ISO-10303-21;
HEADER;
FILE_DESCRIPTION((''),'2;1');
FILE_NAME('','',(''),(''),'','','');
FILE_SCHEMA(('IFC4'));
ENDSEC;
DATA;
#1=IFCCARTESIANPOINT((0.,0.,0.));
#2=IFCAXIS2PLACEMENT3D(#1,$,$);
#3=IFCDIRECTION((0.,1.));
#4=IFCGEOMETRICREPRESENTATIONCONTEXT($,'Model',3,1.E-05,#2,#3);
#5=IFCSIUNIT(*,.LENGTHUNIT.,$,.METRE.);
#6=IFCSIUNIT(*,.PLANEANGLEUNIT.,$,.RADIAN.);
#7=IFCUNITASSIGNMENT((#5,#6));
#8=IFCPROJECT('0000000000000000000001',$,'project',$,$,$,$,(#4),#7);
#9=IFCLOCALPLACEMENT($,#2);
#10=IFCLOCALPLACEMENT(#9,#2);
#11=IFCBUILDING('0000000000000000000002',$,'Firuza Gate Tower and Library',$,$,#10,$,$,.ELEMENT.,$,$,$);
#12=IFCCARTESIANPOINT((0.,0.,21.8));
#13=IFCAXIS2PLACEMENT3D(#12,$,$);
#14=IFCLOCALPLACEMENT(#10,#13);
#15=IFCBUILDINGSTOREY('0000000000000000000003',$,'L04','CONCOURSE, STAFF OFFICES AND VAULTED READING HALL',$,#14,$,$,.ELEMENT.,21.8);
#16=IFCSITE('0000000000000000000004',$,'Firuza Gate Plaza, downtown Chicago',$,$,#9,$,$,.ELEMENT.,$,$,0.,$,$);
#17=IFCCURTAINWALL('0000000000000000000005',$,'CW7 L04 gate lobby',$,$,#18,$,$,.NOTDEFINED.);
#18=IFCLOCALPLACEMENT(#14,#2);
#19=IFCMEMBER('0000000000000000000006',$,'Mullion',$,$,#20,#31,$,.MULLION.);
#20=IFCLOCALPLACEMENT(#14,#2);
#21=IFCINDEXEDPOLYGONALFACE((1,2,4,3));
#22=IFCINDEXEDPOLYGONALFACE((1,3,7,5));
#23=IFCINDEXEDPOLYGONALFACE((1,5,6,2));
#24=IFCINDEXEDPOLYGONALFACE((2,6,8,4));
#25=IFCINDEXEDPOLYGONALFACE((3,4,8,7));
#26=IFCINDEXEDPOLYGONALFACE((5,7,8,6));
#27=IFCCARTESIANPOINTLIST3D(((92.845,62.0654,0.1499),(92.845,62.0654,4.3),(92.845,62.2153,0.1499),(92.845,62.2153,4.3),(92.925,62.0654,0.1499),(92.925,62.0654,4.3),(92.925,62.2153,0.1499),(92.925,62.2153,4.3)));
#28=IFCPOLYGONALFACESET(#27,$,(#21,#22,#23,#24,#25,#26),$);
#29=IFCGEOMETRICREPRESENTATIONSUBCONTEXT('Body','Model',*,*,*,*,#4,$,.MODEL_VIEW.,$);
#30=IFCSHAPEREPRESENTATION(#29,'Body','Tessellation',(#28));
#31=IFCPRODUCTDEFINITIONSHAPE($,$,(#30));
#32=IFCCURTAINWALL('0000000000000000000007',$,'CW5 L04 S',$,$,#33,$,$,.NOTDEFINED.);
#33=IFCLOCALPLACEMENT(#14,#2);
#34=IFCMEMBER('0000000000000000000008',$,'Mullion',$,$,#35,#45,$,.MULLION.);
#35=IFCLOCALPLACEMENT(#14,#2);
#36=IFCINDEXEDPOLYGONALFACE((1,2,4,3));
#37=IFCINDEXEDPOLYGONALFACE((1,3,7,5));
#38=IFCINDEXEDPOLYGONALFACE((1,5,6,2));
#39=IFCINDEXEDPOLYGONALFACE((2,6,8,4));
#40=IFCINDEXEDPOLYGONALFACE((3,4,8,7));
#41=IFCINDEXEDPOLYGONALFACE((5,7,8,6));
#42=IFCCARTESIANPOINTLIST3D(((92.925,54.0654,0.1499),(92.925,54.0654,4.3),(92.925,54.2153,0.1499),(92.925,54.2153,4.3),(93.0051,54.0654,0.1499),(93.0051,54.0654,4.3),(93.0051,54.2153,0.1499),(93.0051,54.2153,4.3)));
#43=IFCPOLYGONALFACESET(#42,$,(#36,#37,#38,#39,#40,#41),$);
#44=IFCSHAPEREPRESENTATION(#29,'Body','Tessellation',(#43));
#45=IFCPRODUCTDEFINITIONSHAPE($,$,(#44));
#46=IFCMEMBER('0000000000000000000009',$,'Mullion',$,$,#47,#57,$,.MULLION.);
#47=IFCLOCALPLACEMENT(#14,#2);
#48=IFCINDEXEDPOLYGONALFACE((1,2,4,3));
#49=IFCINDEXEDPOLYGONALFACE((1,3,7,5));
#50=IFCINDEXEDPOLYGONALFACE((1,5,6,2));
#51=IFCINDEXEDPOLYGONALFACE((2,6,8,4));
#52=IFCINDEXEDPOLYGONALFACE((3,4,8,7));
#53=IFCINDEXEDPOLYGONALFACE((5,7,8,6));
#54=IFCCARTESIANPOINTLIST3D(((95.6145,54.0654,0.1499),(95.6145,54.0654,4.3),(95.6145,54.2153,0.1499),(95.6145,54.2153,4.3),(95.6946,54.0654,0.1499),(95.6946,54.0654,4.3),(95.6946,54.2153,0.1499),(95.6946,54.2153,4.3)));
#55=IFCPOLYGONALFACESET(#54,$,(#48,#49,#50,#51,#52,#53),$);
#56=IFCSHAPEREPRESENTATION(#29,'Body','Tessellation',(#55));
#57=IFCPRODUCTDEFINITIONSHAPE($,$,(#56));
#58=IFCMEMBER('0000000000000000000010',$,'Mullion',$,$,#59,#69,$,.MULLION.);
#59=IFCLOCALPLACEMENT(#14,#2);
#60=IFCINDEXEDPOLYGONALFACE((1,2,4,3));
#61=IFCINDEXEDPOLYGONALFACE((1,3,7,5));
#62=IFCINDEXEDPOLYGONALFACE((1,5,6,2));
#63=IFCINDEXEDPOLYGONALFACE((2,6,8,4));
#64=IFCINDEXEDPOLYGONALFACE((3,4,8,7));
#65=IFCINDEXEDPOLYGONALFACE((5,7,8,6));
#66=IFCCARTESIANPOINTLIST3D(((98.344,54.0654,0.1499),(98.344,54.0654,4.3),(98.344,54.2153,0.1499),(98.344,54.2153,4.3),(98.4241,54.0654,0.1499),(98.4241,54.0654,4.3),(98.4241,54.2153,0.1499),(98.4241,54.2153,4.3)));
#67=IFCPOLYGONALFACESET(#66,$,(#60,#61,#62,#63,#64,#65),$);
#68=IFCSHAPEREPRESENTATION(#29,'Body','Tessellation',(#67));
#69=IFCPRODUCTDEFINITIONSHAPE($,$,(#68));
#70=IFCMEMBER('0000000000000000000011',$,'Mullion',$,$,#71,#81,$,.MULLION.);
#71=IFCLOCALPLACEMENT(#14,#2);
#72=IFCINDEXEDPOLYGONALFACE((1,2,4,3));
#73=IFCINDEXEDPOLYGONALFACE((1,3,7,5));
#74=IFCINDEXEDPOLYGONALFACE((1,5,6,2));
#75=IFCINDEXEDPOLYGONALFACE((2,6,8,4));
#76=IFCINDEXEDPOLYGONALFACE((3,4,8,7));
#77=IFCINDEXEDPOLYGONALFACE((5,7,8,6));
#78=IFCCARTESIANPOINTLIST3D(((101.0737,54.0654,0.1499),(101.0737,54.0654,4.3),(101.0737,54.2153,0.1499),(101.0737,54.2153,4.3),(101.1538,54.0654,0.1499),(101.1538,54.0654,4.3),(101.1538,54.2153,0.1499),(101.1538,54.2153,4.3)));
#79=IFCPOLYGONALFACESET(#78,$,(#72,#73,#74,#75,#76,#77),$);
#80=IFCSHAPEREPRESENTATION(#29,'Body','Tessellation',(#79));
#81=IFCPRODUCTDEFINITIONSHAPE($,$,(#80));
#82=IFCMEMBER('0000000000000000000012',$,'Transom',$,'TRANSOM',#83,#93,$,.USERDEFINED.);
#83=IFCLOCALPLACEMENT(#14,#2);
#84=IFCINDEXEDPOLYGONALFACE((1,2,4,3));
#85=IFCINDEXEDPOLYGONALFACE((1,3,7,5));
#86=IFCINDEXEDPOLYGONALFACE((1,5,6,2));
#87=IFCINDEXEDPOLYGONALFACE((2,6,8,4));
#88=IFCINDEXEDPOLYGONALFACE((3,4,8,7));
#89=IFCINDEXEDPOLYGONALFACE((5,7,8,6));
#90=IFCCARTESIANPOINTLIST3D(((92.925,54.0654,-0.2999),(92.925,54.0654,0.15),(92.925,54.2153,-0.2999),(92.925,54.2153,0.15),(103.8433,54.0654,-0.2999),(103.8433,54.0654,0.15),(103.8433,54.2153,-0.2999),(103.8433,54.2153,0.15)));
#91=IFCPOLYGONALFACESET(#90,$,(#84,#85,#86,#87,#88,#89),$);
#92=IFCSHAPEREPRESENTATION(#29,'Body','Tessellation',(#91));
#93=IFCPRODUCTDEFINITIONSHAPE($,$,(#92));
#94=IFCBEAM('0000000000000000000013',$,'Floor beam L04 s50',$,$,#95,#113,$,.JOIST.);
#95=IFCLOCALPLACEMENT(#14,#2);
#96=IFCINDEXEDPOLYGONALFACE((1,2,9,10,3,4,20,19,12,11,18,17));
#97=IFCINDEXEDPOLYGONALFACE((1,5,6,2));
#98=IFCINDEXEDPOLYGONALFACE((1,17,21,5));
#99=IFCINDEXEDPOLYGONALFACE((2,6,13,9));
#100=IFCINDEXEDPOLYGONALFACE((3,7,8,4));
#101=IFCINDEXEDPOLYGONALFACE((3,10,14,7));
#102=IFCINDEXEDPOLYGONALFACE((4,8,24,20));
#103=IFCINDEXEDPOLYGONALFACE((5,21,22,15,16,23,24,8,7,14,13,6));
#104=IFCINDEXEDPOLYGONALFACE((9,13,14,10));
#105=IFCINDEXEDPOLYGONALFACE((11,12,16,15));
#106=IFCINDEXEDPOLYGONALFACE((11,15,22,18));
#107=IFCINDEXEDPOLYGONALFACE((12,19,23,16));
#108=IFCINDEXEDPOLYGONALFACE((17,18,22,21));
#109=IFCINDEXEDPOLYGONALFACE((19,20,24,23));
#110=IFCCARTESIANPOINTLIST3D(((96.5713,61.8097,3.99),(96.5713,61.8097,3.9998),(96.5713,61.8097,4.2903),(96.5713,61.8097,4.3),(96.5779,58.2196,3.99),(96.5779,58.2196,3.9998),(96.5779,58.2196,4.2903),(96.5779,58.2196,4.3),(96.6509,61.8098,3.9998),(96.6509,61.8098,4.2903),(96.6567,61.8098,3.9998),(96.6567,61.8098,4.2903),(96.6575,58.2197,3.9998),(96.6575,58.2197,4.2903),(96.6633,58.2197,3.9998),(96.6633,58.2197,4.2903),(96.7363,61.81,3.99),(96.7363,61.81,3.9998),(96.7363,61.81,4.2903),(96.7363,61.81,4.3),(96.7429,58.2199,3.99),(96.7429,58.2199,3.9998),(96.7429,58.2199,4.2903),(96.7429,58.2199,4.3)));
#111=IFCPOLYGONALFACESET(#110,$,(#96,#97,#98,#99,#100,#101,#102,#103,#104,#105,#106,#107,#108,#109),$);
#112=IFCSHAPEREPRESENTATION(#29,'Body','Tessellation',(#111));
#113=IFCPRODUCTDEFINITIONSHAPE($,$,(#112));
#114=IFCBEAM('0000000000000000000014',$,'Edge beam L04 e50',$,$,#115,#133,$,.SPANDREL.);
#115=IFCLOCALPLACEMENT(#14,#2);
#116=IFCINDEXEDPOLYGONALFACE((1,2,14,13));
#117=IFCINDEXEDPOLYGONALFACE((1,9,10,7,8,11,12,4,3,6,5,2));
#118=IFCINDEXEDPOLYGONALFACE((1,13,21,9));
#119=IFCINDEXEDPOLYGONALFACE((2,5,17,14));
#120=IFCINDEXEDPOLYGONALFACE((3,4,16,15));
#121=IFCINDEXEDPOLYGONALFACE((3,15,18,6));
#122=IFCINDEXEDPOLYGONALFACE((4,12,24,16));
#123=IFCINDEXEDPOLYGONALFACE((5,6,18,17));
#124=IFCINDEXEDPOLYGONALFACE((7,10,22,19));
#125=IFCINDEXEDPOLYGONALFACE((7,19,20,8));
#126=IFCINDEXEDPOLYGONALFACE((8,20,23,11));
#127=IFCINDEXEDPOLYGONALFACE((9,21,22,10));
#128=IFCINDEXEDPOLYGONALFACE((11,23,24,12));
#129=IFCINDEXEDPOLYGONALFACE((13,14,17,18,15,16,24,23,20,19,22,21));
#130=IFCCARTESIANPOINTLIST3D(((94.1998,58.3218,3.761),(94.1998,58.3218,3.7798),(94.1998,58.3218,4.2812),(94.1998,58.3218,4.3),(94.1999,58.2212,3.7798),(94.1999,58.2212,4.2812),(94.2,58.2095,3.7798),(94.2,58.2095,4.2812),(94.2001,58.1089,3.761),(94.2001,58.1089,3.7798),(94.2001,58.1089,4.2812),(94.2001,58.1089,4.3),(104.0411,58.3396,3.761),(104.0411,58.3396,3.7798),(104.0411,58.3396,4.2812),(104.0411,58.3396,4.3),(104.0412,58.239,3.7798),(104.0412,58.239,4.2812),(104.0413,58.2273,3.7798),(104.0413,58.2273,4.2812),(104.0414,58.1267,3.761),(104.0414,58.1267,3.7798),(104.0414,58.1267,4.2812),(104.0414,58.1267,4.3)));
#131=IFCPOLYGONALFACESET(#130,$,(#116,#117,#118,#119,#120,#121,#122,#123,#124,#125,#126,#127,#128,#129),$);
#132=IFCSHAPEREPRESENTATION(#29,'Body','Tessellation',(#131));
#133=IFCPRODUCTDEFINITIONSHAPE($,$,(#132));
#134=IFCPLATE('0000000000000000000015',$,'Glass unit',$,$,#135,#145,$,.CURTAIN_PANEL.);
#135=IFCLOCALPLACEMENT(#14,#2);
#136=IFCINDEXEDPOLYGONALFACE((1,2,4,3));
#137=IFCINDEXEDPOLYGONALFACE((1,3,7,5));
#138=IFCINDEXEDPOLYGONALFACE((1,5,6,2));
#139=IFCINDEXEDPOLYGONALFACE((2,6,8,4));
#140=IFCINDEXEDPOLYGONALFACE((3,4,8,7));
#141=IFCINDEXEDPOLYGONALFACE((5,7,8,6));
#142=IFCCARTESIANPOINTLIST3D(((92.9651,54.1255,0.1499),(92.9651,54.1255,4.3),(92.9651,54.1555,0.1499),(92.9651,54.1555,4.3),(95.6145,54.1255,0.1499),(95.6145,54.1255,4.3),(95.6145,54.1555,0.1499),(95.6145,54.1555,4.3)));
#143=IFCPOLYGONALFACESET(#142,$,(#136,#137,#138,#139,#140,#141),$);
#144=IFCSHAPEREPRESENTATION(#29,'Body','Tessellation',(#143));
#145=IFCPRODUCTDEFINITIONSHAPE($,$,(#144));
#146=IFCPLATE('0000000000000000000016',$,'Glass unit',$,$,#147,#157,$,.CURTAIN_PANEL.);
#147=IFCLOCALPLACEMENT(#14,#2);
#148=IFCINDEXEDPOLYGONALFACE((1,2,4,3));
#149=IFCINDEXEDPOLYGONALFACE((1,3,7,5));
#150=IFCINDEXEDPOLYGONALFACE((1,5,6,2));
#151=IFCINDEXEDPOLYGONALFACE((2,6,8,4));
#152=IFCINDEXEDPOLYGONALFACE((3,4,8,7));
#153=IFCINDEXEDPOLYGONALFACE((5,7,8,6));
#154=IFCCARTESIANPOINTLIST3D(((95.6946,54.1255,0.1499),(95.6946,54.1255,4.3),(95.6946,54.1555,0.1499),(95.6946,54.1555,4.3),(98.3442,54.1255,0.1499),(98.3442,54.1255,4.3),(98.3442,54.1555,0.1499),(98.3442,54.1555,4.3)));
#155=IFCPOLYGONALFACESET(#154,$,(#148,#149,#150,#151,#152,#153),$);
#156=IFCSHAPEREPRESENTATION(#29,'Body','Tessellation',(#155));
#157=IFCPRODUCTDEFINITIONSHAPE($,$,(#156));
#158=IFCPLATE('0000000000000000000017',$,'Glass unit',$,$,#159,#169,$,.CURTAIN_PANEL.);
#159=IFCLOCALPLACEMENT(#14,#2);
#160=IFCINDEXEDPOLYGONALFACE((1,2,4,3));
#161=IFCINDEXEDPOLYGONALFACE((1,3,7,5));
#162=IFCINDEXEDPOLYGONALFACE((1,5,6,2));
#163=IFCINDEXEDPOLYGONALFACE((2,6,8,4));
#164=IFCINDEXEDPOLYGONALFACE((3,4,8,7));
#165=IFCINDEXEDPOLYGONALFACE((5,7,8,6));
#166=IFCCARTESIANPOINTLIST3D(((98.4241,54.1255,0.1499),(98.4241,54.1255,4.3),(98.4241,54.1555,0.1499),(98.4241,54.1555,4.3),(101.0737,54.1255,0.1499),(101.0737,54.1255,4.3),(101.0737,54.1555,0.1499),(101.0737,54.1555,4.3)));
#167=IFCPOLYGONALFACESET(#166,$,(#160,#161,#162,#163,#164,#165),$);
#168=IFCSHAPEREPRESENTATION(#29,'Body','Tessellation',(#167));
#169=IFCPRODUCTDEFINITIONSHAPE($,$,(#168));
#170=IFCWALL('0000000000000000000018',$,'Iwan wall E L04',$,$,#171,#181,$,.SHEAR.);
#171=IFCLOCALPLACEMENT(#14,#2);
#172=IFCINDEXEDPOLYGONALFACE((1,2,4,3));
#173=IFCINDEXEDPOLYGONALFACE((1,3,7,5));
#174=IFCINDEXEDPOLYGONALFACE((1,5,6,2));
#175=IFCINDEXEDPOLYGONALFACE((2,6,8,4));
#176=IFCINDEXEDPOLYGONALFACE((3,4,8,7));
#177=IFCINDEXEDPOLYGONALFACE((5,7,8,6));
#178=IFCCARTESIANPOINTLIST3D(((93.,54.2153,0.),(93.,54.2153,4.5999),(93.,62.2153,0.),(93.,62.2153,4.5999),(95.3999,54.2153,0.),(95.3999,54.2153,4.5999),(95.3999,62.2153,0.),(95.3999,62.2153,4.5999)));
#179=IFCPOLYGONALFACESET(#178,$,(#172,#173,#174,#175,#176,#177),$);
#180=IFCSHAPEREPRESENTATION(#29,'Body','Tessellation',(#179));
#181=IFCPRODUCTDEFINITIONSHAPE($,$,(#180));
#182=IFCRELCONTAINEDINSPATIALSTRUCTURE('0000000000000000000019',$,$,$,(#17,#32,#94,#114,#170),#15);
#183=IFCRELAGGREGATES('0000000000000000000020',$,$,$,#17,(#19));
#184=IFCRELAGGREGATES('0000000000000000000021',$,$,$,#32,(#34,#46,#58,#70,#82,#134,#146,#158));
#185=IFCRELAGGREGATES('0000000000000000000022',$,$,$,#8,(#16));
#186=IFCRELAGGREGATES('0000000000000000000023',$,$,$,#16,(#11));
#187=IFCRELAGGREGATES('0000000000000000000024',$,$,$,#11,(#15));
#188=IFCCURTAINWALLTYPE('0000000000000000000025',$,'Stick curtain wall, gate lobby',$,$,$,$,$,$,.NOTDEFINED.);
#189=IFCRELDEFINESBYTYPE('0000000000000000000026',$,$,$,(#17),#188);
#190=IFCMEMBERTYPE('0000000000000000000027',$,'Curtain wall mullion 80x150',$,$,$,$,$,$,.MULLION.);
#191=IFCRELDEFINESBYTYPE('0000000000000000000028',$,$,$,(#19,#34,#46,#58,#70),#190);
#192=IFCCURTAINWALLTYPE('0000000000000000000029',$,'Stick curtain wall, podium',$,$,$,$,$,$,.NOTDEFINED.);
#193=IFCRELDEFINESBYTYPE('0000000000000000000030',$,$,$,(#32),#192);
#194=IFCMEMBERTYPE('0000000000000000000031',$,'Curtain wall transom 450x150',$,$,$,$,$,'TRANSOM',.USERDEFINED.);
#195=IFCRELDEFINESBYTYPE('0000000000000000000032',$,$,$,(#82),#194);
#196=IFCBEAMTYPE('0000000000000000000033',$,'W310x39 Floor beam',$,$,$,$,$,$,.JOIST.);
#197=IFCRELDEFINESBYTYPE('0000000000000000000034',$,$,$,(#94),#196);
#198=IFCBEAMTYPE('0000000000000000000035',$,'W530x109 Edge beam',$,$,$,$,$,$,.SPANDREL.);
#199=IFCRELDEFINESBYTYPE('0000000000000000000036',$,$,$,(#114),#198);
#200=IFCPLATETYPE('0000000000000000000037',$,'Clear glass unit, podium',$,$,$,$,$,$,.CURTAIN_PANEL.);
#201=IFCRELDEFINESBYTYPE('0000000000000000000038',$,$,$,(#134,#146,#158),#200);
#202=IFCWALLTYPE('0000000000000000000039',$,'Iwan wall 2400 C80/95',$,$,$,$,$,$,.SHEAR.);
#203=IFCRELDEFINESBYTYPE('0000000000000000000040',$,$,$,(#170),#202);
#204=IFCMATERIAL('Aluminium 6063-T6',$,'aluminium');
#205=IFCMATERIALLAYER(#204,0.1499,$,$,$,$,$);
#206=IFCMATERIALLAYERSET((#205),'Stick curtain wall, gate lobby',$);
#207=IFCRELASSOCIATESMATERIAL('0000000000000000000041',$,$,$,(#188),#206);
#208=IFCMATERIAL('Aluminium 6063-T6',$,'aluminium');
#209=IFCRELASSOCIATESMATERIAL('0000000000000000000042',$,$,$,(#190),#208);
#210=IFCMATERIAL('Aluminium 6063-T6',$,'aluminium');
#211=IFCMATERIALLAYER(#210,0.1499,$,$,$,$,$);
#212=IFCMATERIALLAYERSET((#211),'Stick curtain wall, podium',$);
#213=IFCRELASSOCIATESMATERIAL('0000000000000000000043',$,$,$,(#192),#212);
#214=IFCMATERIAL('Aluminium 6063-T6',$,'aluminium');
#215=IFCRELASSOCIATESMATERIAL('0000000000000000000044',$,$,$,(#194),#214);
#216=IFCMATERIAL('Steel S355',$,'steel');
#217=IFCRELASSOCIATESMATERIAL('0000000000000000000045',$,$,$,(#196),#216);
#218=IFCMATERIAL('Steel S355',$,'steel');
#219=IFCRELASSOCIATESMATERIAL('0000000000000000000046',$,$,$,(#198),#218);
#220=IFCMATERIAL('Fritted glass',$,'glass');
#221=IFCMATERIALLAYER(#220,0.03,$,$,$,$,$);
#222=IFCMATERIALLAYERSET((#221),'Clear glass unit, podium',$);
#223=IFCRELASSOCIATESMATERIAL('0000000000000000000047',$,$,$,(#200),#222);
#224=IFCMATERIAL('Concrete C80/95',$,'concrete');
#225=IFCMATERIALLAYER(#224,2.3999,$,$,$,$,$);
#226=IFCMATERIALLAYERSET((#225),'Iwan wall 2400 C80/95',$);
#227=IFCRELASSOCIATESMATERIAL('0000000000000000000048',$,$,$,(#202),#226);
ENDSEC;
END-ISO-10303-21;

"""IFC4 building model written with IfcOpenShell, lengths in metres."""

from ifc_helpers import new_model, si_unit, direction, frame, frame_2d, origin, origin_2d, place, context, subcontext, project, spatial, polyline, rectangle, i_section, outline, extrude, material, layer, layer_set, material_profile, profile_set, type_object, element, aggregate, save


model = new_model("IFC4")

# Units and contexts
model_context = context("Model", 3, precision=1e-05, world=origin(), true_north=direction((0.0, 1.0)))
body_context = subcontext(model_context, "Body", "Model", "MODEL_VIEW")
ifc_project = project(units=[si_unit("LENGTHUNIT", "METRE"), si_unit("PLANEANGLEUNIT", "RADIAN")], contexts=[model_context])

# Site, building, storey
site_placement = place(None, origin())
site = spatial("IfcSite", under=ifc_project, at=site_placement, Name="Firuza Gate Plaza, downtown Chicago", CompositionType="ELEMENT", RefElevation=0.0)
building_placement = place(site_placement, origin())
building = spatial("IfcBuilding", under=site, at=building_placement, Name="Firuza Gate Tower and Library", CompositionType="ELEMENT")
storey_placement = place(building_placement, frame((0.0, 0.0, 21.8)))
storey = spatial("IfcBuildingStorey", under=building, at=storey_placement, Name="L04", Description="CONCOURSE, STAFF OFFICES AND VAULTED READING HALL", CompositionType="ELEMENT", Elevation=21.8)

# Curtain wall, member
ifc_material_1 = material(Name="Aluminium 6063-T6", Category="aluminium")
ifc_layer_1 = layer(ifc_material_1, 0.1499)
ifc_layer_set_1 = layer_set([ifc_layer_1], Name="Stick curtain wall, gate lobby")
curtain_wall_type_1 = type_object("IfcCurtainWallType", Name="Stick curtain wall, gate lobby", PredefinedType="NOTDEFINED", material=ifc_layer_set_1)
placement = place(storey_placement, origin())
curtain_wall_1 = element("IfcCurtainWall", 1, at=placement, inside=storey, type_object=curtain_wall_type_1, Name="CW7 L04 gate lobby", PredefinedType="NOTDEFINED")
ifc_material_2 = material(Name="Aluminium 6063-T6", Category="aluminium")
ifc_material_profile_1 = material_profile(ifc_material_2, rectangle(XDim=0.1499, YDim=0.0801, at=origin_2d()))
ifc_profile_set_1 = profile_set([ifc_material_profile_1], Name="Aluminium 6063-T6")
member_type_1 = type_object("IfcMemberType", Name="Curtain wall mullion 80x150", PredefinedType="MULLION", material=ifc_profile_set_1)
member_1_placement = place(storey_placement, frame((92.885, 62.1404, 0.1499), z_axis=(0.0, 0.0, 1.0), x_axis=(0.0, 1.0, 0.0)))
member_1 = element("IfcMember", 2, at=member_1_placement, type_object=member_type_1, Name="Mullion", PredefinedType="MULLION", context=body_context, shape_type="SweptSolid", body=[
    extrude(rectangle(XDim=0.1499, YDim=0.0801, at=origin_2d()), origin(), (0.0, 0.0, 1.0), 4.1501),
])
aggregate(curtain_wall_1, [member_1])

# Curtain wall, members
ifc_material_3 = material(Name="Aluminium 6063-T6", Category="aluminium")
ifc_layer_2 = layer(ifc_material_3, 0.1499)
ifc_layer_set_2 = layer_set([ifc_layer_2], Name="Stick curtain wall, podium")
curtain_wall_type_2 = type_object("IfcCurtainWallType", Name="Stick curtain wall, podium", PredefinedType="NOTDEFINED", material=ifc_layer_set_2)
curtain_wall_2 = element("IfcCurtainWall", 3, at=placement, inside=storey, type_object=curtain_wall_type_2, Name="CW5 L04 S", PredefinedType="NOTDEFINED")
member_2_placement = place(storey_placement, frame((92.9651, 54.1404, 0.1499), z_axis=(0.0, 0.0, 1.0), x_axis=(0.0, 1.0, 0.0)))
member_2 = element("IfcMember", 4, at=member_2_placement, type_object=member_type_1, Name="Mullion", PredefinedType="MULLION", context=body_context, shape_type="SweptSolid", body=[
    extrude(rectangle(XDim=0.1499, YDim=0.0801, at=origin_2d()), origin(), (0.0, 0.0, 1.0), 4.1501),
])
member_3_placement = place(storey_placement, frame((95.6545, 54.1404, 0.1499), z_axis=(0.0, 0.0, 1.0), x_axis=(0.0, 1.0, 0.0)))
member_3 = element("IfcMember", 5, at=member_3_placement, type_object=member_type_1, Name="Mullion", PredefinedType="MULLION", context=body_context, shape_type="SweptSolid", body=[
    extrude(rectangle(XDim=0.1499, YDim=0.0801, at=origin_2d()), origin(), (0.0, 0.0, 1.0), 4.1501),
])
member_4_placement = place(storey_placement, frame((98.384, 54.1404, 0.1499), z_axis=(0.0, 0.0, 1.0), x_axis=(0.0, 1.0, 0.0)))
member_4 = element("IfcMember", 6, at=member_4_placement, type_object=member_type_1, Name="Mullion", PredefinedType="MULLION", context=body_context, shape_type="SweptSolid", body=[
    extrude(rectangle(XDim=0.1499, YDim=0.0801, at=origin_2d()), origin(), (0.0, 0.0, 1.0), 4.1501),
])
member_5_placement = place(storey_placement, frame((101.1138, 54.1404, 0.1499), z_axis=(0.0, 0.0, 1.0), x_axis=(0.0, 1.0, 0.0)))
member_5 = element("IfcMember", 7, at=member_5_placement, type_object=member_type_1, Name="Mullion", PredefinedType="MULLION", context=body_context, shape_type="SweptSolid", body=[
    extrude(rectangle(XDim=0.1499, YDim=0.0801, at=origin_2d()), origin(), (0.0, 0.0, 1.0), 4.1501),
])
ifc_material_4 = material(Name="Aluminium 6063-T6", Category="aluminium")
ifc_material_profile_2 = material_profile(ifc_material_4, rectangle(XDim=0.1499, YDim=0.45, at=origin_2d()))
ifc_profile_set_2 = profile_set([ifc_material_profile_2], Name="Aluminium 6063-T6")
member_type_2 = type_object("IfcMemberType", Name="Curtain wall transom 450x150", ElementType="TRANSOM", PredefinedType="USERDEFINED", material=ifc_profile_set_2)
member_6_placement = place(storey_placement, frame((92.925, 54.1404, -0.075), z_axis=(1.0, 0.0, 0.0), x_axis=(0.0, 1.0, 0.0)))
member_6 = element("IfcMember", 8, at=member_6_placement, type_object=member_type_2, Name="Transom", ObjectType="TRANSOM", PredefinedType="USERDEFINED", context=body_context, shape_type="SweptSolid", body=[
    extrude(rectangle(XDim=0.1499, YDim=0.45, at=origin_2d()), origin(), (0.0, 0.0, 1.0), 10.9182),
])

# Beams
ifc_material_5 = material(Name="Steel S355", Category="steel")
ifc_material_profile_3 = material_profile(ifc_material_5, i_section(OverallWidth=0.165, OverallDepth=0.3101, WebThickness=0.0059, FlangeThickness=0.0098, at=origin_2d()))
ifc_profile_set_3 = profile_set([ifc_material_profile_3], Name="Steel S355")
beam_type_1 = type_object("IfcBeamType", Name="W310x39 Floor beam", PredefinedType="JOIST", material=ifc_profile_set_3)
beam_1_placement = place(storey_placement, frame((96.6604, 58.2197, 4.145), z_axis=(-0.001836, 0.999998, 0.0), x_axis=(-0.999998, -0.001836, 0.0)))
element("IfcBeam", 9, at=beam_1_placement, inside=storey, type_object=beam_type_1, Name="Floor beam L04 s50", PredefinedType="JOIST", context=body_context, shape_type="SweptSolid", body=[
    extrude(i_section(OverallWidth=0.165, OverallDepth=0.3101, WebThickness=0.0059, FlangeThickness=0.0098, at=origin_2d()), origin(), (0.0, 0.0, 1.0), 3.5901),
])
ifc_material_6 = material(Name="Steel S355", Category="steel")
ifc_material_profile_4 = material_profile(ifc_material_6, i_section(OverallWidth=0.2129, OverallDepth=0.5391, WebThickness=0.0117, FlangeThickness=0.0188, at=origin_2d()))
ifc_profile_set_4 = profile_set([ifc_material_profile_4], Name="Steel S355")
beam_type_2 = type_object("IfcBeamType", Name="W530x109 Edge beam", PredefinedType="SPANDREL", material=ifc_profile_set_4)
beam_2_placement = place(storey_placement, frame((94.2, 58.2153, 4.0305), z_axis=(0.999998, 0.001811, 0.0), x_axis=(-0.001811, 0.999998, 0.0)))
element("IfcBeam", 10, at=beam_2_placement, inside=storey, type_object=beam_type_2, Name="Edge beam L04 e50", PredefinedType="SPANDREL", context=body_context, shape_type="SweptSolid", body=[
    extrude(i_section(OverallWidth=0.2129, OverallDepth=0.5391, WebThickness=0.0117, FlangeThickness=0.0188, at=origin_2d()), origin(), (0.0, 0.0, 1.0), 9.8413),
])

# Plates
ifc_material_7 = material(Name="Fritted glass", Category="glass")
ifc_layer_3 = layer(ifc_material_7, 0.03)
ifc_layer_set_3 = layer_set([ifc_layer_3], Name="Clear glass unit, podium")
plate_type = type_object("IfcPlateType", Name="Clear glass unit, podium", PredefinedType="CURTAIN_PANEL", material=ifc_layer_set_3)
plate_1_placement = place(storey_placement, frame((92.9651, 54.1255, 0.1499), z_axis=(0.0, -1.0, 0.0), x_axis=(1.0, 0.0, 0.0)))
plate_1 = element("IfcPlate", 11, at=plate_1_placement, type_object=plate_type, Name="Glass unit", PredefinedType="CURTAIN_PANEL", context=body_context, shape_type="SweptSolid", body=[
    extrude(outline(polyline([(0.0, 0.0), (2.6494, 0.0), (2.6494, 4.1501), (0.0, 4.1501), (0.0, 0.0)])), origin(), (0.0, 0.0, -1.0), 0.03),
])
plate_2_placement = place(storey_placement, frame((95.6946, 54.1255, 0.1499), z_axis=(0.0, -1.0, 0.0), x_axis=(1.0, 0.0, 0.0)))
plate_2 = element("IfcPlate", 12, at=plate_2_placement, type_object=plate_type, Name="Glass unit", PredefinedType="CURTAIN_PANEL", context=body_context, shape_type="SweptSolid", body=[
    extrude(outline(polyline([(0.0, 0.0), (2.6497, 0.0), (2.6497, 4.1501), (0.0, 4.1501), (0.0, 0.0)])), origin(), (0.0, 0.0, -1.0), 0.03),
])
plate_3_placement = place(storey_placement, frame((98.4241, 54.1255, 0.1499), z_axis=(0.0, -1.0, 0.0), x_axis=(1.0, 0.0, 0.0)))
plate_3 = element("IfcPlate", 13, at=plate_3_placement, type_object=plate_type, Name="Glass unit", PredefinedType="CURTAIN_PANEL", context=body_context, shape_type="SweptSolid", body=[
    extrude(outline(polyline([(0.0, 0.0), (2.6497, 0.0), (2.6497, 4.1501), (0.0, 4.1501), (0.0, 0.0)])), origin(), (0.0, 0.0, -1.0), 0.03),
])
aggregate(curtain_wall_2, [member_2, member_3, member_4, member_5, member_6, plate_1, plate_2, plate_3])

# Wall
ifc_material_8 = material(Name="Concrete C80/95", Category="concrete")
ifc_layer_4 = layer(ifc_material_8, 2.3999)
ifc_layer_set_4 = layer_set([ifc_layer_4], Name="Iwan wall 2400 C80/95")
wall_type_1 = type_object("IfcWallType", Name="Iwan wall 2400 C80/95", PredefinedType="SHEAR", material=ifc_layer_set_4)
wall_1_placement = place(storey_placement, frame((94.2, 54.2153, 0.0), z_axis=(0.0, 0.0, 1.0), x_axis=(0.0, 1.0, 0.0)))
element("IfcWall", 14, at=wall_1_placement, inside=storey, type_object=wall_type_1, Name="Iwan wall E L04", PredefinedType="SHEAR", context=body_context, shape_type="SweptSolid", body=[
    extrude(rectangle(XDim=8.0, YDim=2.3999, at=frame_2d((4.0, 0.0))), origin(), (0.0, 0.0, 1.0), 4.5999),
])

save(model, "model.ifc")
